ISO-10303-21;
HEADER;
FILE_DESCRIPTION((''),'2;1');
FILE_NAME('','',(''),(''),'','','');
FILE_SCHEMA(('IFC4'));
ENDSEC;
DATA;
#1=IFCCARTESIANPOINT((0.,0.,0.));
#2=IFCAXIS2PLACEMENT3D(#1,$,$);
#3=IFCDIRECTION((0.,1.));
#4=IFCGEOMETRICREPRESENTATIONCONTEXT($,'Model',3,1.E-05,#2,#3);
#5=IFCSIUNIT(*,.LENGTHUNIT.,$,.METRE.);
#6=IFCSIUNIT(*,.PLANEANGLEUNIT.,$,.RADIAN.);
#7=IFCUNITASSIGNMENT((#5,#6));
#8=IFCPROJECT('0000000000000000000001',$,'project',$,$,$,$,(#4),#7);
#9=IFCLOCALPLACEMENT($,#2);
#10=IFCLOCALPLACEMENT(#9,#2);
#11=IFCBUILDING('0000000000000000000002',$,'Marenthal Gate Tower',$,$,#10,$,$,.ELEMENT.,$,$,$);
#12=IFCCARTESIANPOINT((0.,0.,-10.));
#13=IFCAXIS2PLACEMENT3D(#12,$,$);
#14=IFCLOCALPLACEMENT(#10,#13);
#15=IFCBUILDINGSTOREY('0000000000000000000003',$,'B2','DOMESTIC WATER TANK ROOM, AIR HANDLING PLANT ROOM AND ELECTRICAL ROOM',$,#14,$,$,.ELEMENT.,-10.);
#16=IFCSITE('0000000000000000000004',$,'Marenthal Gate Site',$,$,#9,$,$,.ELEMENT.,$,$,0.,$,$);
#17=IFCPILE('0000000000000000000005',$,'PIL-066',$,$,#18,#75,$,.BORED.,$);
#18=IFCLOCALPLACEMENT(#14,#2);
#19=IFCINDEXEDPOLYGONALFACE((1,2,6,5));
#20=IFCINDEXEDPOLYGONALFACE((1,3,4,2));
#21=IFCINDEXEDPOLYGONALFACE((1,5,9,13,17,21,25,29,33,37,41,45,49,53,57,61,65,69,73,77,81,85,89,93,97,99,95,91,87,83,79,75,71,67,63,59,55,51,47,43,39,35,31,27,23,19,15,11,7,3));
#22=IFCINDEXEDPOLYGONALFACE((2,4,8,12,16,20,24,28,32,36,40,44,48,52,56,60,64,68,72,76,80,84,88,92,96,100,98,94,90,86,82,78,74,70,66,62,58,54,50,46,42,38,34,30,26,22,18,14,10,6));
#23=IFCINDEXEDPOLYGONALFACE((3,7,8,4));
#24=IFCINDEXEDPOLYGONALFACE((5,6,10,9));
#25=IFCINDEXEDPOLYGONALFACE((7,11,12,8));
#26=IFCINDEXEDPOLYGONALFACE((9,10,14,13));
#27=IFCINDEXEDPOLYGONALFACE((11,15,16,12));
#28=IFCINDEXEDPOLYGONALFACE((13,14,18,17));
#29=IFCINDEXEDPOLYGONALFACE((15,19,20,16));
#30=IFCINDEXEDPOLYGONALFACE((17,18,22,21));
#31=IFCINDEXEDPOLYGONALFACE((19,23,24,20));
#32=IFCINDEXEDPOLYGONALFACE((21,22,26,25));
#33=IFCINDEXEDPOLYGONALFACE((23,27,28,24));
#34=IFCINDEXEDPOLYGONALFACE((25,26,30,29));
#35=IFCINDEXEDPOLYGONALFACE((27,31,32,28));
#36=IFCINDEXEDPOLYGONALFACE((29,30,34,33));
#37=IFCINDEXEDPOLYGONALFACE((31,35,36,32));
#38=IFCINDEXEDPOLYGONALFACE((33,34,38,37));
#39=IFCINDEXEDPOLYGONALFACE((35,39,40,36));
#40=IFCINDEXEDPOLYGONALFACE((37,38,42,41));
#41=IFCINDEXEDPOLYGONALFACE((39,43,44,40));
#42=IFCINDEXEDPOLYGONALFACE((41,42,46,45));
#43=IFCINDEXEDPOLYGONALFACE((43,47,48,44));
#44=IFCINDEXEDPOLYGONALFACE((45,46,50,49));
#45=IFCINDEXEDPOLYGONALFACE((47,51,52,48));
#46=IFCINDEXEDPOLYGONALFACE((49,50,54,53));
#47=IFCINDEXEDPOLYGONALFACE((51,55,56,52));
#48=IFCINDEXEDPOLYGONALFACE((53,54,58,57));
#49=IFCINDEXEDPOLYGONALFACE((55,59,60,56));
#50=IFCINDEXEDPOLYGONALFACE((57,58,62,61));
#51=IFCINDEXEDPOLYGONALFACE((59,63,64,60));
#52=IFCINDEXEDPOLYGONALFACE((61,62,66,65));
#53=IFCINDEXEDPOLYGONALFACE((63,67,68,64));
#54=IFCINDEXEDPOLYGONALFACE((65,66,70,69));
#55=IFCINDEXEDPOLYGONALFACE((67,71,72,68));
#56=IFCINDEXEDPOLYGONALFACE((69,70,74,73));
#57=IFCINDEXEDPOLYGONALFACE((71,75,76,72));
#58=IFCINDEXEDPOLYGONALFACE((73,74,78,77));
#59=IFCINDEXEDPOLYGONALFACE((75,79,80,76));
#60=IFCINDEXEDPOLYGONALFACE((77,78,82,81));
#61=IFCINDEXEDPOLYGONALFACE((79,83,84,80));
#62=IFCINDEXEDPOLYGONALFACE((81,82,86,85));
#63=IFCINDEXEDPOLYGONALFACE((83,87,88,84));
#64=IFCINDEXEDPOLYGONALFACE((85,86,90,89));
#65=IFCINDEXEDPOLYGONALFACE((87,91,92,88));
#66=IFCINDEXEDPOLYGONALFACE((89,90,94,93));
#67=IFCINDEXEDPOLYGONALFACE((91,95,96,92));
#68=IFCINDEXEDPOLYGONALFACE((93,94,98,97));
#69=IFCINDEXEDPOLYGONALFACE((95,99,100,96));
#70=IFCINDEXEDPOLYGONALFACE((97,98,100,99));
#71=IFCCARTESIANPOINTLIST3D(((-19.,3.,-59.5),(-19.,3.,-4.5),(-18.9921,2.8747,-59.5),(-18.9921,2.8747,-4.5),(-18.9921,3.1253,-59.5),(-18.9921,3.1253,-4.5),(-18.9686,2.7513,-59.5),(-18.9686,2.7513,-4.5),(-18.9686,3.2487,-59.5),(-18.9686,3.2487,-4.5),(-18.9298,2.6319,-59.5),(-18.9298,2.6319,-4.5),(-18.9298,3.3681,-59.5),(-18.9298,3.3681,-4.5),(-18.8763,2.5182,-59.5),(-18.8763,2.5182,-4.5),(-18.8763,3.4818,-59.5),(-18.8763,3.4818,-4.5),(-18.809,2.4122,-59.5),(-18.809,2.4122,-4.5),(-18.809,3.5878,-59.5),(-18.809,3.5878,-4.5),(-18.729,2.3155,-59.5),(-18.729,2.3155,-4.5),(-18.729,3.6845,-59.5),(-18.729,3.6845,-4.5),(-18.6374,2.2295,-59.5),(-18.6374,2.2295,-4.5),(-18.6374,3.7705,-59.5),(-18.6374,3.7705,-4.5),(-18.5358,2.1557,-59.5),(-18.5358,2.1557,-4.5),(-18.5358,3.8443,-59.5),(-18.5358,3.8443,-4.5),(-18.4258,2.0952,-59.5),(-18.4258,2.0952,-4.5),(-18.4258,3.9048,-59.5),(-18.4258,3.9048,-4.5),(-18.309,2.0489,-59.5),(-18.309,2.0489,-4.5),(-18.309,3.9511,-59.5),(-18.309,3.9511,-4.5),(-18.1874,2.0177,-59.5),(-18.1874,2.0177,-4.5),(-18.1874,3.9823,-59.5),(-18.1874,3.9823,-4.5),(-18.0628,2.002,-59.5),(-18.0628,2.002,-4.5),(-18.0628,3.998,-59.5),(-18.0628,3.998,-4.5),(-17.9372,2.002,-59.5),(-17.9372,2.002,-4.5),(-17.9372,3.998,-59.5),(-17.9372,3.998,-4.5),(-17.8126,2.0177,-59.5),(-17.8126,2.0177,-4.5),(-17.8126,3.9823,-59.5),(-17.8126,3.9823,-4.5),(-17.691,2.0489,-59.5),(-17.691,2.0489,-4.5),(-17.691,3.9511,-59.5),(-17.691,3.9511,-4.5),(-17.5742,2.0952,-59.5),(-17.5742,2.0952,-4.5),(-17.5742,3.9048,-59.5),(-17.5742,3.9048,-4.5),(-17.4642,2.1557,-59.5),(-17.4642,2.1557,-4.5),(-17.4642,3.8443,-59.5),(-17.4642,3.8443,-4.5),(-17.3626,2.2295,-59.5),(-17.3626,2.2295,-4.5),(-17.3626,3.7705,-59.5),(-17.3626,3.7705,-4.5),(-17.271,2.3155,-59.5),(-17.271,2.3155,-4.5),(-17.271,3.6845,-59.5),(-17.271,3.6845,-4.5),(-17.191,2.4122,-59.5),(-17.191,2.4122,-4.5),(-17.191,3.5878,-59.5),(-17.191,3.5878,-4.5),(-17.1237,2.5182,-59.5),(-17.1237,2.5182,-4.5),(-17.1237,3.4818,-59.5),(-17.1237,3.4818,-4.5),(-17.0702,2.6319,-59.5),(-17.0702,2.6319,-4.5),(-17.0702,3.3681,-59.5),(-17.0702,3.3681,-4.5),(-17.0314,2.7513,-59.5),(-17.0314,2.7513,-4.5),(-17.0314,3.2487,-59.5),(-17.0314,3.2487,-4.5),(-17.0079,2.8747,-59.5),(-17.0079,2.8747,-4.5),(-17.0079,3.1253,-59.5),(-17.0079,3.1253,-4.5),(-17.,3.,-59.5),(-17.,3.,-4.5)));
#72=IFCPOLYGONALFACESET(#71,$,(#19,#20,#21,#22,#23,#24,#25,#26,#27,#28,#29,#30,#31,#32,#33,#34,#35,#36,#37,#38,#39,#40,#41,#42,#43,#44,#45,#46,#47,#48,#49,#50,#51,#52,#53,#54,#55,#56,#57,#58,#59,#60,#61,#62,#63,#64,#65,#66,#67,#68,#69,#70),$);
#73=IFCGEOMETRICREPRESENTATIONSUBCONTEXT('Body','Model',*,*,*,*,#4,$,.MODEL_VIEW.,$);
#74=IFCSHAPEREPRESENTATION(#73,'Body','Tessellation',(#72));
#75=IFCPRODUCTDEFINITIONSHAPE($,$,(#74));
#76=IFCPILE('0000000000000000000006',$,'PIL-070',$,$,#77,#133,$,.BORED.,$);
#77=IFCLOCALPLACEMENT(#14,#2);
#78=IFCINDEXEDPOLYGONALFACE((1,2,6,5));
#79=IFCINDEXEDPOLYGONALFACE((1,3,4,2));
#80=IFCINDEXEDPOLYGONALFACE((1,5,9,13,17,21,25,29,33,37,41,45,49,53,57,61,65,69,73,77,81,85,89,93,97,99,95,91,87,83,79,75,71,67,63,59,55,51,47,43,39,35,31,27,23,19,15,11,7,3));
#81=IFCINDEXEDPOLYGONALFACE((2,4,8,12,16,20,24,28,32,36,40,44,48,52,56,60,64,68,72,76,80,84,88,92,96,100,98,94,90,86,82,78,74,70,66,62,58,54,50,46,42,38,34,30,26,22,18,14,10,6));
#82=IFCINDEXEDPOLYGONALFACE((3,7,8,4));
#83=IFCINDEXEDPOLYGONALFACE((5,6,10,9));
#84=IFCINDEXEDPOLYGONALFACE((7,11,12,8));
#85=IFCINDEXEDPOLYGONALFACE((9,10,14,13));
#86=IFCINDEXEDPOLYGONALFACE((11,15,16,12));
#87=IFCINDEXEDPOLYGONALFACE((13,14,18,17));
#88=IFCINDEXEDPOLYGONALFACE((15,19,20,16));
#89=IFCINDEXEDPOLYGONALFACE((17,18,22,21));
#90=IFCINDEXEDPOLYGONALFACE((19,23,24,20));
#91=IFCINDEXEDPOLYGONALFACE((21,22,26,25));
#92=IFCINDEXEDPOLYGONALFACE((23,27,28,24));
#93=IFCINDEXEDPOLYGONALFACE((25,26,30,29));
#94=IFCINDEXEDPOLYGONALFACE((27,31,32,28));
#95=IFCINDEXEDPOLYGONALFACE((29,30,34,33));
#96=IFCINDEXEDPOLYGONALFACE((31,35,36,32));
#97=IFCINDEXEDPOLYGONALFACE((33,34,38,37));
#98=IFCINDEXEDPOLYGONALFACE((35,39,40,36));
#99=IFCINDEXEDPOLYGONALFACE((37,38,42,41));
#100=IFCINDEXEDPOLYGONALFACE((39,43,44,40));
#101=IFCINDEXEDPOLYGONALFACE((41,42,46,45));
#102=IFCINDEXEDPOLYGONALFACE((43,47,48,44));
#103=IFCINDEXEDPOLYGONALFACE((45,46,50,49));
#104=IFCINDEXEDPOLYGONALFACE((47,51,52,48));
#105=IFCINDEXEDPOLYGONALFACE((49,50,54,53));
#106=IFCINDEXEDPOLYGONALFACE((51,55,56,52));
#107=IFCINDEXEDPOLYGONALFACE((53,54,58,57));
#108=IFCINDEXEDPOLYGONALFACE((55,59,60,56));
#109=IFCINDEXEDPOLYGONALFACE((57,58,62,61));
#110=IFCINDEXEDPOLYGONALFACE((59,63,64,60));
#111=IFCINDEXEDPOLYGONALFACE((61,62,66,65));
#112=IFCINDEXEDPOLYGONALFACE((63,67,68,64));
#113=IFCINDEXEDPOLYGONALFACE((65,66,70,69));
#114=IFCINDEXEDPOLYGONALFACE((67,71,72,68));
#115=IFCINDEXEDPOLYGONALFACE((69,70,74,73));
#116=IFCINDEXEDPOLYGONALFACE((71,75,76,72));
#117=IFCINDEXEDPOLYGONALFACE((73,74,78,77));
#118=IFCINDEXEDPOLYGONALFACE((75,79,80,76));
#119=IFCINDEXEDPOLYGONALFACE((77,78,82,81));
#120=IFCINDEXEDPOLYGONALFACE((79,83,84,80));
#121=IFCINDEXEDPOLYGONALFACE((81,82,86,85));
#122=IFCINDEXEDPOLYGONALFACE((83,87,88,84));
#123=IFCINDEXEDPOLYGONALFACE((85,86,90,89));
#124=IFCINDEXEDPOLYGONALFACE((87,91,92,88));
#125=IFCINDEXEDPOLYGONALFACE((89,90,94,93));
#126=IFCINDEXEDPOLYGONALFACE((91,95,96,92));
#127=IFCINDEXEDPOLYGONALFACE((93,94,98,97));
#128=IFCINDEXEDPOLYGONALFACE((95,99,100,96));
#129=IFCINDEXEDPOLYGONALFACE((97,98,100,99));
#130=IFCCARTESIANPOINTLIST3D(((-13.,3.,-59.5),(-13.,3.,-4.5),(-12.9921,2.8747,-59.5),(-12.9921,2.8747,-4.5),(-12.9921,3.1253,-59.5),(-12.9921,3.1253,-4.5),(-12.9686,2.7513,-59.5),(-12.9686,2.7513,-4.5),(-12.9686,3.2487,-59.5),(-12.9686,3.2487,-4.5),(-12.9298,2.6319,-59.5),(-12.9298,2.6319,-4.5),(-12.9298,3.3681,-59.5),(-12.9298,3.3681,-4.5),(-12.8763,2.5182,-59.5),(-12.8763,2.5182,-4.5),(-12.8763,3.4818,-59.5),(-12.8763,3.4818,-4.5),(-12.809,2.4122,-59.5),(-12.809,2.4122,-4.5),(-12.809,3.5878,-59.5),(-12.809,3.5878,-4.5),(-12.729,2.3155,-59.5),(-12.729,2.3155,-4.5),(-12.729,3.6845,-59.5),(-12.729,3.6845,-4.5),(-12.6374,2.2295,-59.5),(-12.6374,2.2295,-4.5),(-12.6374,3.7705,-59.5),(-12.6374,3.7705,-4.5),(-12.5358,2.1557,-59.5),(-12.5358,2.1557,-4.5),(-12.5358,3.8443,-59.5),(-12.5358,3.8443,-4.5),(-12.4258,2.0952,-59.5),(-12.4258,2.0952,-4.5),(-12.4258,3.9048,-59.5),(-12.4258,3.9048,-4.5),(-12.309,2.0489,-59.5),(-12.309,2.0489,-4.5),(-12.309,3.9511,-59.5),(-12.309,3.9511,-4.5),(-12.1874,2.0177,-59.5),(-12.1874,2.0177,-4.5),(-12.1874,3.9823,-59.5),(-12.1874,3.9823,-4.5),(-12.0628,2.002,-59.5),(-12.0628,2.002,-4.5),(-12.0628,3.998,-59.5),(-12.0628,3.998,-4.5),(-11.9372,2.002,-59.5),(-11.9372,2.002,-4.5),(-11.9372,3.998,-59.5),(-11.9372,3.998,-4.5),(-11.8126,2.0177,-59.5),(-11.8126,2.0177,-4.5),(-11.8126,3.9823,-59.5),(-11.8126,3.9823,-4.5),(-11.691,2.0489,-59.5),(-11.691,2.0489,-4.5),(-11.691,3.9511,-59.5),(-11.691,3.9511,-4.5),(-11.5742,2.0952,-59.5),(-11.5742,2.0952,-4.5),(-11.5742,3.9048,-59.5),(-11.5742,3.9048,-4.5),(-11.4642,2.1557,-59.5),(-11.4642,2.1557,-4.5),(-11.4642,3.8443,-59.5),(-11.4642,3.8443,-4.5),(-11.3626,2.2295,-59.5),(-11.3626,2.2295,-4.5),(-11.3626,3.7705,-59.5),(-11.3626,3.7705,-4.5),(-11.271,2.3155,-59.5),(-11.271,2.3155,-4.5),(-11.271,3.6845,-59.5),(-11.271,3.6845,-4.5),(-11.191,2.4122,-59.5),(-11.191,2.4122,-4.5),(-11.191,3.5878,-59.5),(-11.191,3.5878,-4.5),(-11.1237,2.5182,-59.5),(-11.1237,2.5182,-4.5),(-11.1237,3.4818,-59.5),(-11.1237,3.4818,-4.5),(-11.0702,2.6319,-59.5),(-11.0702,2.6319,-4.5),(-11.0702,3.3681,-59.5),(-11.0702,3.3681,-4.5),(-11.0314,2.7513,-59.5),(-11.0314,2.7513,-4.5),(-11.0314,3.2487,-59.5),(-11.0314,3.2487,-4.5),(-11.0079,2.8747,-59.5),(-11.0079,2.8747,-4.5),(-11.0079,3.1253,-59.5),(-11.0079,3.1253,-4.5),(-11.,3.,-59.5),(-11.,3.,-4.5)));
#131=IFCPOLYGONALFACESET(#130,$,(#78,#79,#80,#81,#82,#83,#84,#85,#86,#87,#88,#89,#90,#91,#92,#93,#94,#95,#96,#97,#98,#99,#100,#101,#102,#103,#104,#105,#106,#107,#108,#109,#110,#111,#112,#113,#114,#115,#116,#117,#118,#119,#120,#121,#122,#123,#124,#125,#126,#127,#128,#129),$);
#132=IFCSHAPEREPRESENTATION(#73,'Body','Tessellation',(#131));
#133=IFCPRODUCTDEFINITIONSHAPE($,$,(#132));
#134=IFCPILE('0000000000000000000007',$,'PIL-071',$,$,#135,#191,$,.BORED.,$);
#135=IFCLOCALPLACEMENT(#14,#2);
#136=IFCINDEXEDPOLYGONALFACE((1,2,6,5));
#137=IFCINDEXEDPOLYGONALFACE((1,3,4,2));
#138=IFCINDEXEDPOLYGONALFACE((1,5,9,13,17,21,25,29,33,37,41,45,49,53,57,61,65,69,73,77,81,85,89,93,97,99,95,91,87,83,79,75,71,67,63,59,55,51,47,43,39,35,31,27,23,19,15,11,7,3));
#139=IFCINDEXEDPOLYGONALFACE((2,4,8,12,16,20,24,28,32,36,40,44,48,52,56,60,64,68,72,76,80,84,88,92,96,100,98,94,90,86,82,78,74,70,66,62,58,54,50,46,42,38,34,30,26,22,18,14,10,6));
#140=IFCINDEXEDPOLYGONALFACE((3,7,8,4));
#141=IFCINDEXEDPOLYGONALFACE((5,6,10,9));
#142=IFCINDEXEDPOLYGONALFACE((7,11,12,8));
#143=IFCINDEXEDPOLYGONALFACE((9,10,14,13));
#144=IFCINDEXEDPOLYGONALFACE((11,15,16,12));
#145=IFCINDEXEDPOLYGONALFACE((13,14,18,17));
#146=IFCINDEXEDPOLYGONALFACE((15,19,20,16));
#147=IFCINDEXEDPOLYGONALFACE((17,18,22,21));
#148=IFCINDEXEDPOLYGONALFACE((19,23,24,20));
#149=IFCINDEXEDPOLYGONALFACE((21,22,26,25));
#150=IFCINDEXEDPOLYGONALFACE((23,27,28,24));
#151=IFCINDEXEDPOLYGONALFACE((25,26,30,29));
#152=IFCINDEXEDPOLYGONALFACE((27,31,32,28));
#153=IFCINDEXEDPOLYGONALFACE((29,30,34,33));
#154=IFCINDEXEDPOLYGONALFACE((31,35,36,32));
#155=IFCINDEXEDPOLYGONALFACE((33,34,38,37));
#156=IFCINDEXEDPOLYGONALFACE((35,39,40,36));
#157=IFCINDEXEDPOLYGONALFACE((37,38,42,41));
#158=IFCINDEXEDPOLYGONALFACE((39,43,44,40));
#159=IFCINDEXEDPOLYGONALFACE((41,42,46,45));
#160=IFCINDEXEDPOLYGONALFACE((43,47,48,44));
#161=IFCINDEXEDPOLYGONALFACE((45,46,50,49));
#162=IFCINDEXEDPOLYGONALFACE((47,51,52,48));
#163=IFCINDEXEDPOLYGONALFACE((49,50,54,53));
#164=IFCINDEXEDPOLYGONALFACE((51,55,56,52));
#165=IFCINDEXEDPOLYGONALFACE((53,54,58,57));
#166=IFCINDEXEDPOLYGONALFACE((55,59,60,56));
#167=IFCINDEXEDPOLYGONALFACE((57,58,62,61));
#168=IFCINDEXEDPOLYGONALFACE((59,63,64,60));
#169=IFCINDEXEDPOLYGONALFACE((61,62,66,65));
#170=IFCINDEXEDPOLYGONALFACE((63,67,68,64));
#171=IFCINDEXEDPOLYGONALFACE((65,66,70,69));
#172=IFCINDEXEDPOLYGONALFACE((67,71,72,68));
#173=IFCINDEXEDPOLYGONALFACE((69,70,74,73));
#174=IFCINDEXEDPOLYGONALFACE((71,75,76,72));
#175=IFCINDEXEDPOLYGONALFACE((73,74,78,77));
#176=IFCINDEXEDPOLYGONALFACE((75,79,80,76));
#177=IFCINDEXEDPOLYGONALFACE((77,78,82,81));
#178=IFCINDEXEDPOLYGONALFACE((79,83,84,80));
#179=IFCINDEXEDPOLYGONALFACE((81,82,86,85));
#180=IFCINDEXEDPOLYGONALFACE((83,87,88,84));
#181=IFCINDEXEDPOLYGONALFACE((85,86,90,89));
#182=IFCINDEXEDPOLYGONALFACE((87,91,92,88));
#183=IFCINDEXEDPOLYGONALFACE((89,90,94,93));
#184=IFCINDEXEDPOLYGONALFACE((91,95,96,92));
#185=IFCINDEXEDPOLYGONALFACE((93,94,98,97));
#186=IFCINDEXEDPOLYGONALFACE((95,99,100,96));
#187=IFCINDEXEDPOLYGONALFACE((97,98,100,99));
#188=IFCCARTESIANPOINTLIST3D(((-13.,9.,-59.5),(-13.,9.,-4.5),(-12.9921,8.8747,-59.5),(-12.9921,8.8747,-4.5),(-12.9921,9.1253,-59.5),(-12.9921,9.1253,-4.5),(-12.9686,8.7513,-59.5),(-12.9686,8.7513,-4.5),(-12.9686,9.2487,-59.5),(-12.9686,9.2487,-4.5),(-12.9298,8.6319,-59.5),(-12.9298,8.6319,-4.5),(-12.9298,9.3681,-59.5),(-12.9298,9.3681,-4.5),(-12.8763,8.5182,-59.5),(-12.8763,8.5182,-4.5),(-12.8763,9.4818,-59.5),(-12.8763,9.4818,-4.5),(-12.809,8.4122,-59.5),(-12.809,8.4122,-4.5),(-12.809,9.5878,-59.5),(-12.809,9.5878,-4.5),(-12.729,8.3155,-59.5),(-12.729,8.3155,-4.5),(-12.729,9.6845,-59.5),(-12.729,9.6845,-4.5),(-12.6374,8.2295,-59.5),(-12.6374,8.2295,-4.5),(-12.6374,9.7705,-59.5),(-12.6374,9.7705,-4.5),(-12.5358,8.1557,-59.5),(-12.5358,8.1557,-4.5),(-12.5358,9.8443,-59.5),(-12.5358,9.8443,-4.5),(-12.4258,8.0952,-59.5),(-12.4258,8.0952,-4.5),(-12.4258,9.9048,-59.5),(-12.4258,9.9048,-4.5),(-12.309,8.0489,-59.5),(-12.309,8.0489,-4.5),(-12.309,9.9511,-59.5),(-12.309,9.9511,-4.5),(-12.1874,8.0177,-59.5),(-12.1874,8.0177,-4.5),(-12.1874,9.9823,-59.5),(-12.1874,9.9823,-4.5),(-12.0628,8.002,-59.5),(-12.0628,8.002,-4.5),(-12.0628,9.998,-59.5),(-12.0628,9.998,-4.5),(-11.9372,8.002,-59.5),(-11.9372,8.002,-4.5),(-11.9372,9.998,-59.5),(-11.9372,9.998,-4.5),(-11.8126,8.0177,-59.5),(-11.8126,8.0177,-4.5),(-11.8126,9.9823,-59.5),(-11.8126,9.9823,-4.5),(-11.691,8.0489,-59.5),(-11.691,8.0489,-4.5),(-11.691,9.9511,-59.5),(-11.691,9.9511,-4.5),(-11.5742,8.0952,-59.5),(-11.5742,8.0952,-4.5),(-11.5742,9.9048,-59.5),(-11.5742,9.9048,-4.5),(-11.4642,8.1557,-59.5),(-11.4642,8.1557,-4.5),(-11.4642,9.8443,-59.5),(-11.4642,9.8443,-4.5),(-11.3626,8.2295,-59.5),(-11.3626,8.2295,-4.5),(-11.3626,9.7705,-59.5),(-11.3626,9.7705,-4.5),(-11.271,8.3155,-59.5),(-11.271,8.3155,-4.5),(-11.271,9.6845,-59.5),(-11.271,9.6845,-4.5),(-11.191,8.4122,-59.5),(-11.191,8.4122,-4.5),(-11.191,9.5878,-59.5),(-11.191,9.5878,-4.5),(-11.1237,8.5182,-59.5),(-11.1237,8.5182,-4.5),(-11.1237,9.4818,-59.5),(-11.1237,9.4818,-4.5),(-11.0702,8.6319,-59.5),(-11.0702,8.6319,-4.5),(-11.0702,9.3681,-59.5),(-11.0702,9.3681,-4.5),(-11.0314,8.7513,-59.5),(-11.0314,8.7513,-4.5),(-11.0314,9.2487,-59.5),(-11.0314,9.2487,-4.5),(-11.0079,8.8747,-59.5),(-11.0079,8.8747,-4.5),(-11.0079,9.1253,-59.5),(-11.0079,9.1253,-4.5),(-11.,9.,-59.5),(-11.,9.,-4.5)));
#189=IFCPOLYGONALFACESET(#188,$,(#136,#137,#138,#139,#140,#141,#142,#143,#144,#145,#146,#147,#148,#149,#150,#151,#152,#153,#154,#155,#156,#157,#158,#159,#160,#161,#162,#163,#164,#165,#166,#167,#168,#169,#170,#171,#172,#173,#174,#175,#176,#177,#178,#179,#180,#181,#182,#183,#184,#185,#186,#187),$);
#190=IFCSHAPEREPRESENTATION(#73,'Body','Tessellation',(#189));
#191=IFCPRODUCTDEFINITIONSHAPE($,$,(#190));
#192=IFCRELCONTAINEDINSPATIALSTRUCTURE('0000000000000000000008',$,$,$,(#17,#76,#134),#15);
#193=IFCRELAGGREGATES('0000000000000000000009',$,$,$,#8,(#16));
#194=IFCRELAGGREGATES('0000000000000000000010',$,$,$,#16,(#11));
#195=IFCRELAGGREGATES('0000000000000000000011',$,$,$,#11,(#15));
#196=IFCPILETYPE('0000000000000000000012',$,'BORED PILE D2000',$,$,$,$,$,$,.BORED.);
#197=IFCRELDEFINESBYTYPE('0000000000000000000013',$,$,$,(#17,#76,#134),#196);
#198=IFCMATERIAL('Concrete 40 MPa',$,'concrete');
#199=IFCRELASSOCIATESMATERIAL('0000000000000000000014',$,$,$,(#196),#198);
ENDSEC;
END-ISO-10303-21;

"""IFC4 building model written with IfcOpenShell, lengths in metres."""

from ifc_helpers import new_model, si_unit, direction, frame, origin, origin_2d, place, context, subcontext, project, spatial, circle, extrude, material, type_object, element, save


model = new_model("IFC4")

# Units and contexts
model_context = context("Model", 3, precision=1e-05, world=origin(), true_north=direction((0.0, 1.0)))
body_context = subcontext(model_context, "Body", "Model", "MODEL_VIEW")
ifc_project = project(units=[si_unit("LENGTHUNIT", "METRE"), si_unit("PLANEANGLEUNIT", "RADIAN")], contexts=[model_context])

# Site, building, storey
site_placement = place(None, origin())
site = spatial("IfcSite", under=ifc_project, at=site_placement, Name="Marenthal Gate Site", CompositionType="ELEMENT", RefElevation=0.0)
building_placement = place(site_placement, origin())
building = spatial("IfcBuilding", under=site, at=building_placement, Name="Marenthal Gate Tower", CompositionType="ELEMENT")
storey_placement = place(building_placement, frame((0.0, 0.0, -10.0)))
storey = spatial("IfcBuildingStorey", under=building, at=storey_placement, Name="B2", Description="DOMESTIC WATER TANK ROOM, AIR HANDLING PLANT ROOM AND ELECTRICAL ROOM", CompositionType="ELEMENT", Elevation=-10.0)

# Piles
ifc_material_1 = material(Name="Concrete 40 MPa", Category="concrete")
pile_type = type_object("IfcPileType", Name="BORED PILE D2000", PredefinedType="BORED", material=ifc_material_1)
for number, where, z_axis, x_axis, name in (
    (1, (-18.0, 3.0, -4.5), (0.0, 0.0, -1.0), (1.0, 0.0, 0.0), "PIL-066"),
    (2, (-12.0, 3.0, -4.5), (0.0, 0.0, -1.0), (1.0, 0.0, 0.0), "PIL-070"),
    (3, (-12.0, 9.0, -4.5), (0.0, 0.0, -1.0), (1.0, 0.0, 0.0), "PIL-071"),
):
    element("IfcPile", number, at=place(storey_placement, frame(where, z_axis=z_axis, x_axis=x_axis)), inside=storey, type_object=pile_type, Name=name, PredefinedType="BORED", context=body_context, shape_type="SweptSolid", body=[
        extrude(circle(Radius=1.0, at=origin_2d()), origin(), (0.0, 0.0, 1.0), 55.0),
    ])

save(model, "model.ifc")
